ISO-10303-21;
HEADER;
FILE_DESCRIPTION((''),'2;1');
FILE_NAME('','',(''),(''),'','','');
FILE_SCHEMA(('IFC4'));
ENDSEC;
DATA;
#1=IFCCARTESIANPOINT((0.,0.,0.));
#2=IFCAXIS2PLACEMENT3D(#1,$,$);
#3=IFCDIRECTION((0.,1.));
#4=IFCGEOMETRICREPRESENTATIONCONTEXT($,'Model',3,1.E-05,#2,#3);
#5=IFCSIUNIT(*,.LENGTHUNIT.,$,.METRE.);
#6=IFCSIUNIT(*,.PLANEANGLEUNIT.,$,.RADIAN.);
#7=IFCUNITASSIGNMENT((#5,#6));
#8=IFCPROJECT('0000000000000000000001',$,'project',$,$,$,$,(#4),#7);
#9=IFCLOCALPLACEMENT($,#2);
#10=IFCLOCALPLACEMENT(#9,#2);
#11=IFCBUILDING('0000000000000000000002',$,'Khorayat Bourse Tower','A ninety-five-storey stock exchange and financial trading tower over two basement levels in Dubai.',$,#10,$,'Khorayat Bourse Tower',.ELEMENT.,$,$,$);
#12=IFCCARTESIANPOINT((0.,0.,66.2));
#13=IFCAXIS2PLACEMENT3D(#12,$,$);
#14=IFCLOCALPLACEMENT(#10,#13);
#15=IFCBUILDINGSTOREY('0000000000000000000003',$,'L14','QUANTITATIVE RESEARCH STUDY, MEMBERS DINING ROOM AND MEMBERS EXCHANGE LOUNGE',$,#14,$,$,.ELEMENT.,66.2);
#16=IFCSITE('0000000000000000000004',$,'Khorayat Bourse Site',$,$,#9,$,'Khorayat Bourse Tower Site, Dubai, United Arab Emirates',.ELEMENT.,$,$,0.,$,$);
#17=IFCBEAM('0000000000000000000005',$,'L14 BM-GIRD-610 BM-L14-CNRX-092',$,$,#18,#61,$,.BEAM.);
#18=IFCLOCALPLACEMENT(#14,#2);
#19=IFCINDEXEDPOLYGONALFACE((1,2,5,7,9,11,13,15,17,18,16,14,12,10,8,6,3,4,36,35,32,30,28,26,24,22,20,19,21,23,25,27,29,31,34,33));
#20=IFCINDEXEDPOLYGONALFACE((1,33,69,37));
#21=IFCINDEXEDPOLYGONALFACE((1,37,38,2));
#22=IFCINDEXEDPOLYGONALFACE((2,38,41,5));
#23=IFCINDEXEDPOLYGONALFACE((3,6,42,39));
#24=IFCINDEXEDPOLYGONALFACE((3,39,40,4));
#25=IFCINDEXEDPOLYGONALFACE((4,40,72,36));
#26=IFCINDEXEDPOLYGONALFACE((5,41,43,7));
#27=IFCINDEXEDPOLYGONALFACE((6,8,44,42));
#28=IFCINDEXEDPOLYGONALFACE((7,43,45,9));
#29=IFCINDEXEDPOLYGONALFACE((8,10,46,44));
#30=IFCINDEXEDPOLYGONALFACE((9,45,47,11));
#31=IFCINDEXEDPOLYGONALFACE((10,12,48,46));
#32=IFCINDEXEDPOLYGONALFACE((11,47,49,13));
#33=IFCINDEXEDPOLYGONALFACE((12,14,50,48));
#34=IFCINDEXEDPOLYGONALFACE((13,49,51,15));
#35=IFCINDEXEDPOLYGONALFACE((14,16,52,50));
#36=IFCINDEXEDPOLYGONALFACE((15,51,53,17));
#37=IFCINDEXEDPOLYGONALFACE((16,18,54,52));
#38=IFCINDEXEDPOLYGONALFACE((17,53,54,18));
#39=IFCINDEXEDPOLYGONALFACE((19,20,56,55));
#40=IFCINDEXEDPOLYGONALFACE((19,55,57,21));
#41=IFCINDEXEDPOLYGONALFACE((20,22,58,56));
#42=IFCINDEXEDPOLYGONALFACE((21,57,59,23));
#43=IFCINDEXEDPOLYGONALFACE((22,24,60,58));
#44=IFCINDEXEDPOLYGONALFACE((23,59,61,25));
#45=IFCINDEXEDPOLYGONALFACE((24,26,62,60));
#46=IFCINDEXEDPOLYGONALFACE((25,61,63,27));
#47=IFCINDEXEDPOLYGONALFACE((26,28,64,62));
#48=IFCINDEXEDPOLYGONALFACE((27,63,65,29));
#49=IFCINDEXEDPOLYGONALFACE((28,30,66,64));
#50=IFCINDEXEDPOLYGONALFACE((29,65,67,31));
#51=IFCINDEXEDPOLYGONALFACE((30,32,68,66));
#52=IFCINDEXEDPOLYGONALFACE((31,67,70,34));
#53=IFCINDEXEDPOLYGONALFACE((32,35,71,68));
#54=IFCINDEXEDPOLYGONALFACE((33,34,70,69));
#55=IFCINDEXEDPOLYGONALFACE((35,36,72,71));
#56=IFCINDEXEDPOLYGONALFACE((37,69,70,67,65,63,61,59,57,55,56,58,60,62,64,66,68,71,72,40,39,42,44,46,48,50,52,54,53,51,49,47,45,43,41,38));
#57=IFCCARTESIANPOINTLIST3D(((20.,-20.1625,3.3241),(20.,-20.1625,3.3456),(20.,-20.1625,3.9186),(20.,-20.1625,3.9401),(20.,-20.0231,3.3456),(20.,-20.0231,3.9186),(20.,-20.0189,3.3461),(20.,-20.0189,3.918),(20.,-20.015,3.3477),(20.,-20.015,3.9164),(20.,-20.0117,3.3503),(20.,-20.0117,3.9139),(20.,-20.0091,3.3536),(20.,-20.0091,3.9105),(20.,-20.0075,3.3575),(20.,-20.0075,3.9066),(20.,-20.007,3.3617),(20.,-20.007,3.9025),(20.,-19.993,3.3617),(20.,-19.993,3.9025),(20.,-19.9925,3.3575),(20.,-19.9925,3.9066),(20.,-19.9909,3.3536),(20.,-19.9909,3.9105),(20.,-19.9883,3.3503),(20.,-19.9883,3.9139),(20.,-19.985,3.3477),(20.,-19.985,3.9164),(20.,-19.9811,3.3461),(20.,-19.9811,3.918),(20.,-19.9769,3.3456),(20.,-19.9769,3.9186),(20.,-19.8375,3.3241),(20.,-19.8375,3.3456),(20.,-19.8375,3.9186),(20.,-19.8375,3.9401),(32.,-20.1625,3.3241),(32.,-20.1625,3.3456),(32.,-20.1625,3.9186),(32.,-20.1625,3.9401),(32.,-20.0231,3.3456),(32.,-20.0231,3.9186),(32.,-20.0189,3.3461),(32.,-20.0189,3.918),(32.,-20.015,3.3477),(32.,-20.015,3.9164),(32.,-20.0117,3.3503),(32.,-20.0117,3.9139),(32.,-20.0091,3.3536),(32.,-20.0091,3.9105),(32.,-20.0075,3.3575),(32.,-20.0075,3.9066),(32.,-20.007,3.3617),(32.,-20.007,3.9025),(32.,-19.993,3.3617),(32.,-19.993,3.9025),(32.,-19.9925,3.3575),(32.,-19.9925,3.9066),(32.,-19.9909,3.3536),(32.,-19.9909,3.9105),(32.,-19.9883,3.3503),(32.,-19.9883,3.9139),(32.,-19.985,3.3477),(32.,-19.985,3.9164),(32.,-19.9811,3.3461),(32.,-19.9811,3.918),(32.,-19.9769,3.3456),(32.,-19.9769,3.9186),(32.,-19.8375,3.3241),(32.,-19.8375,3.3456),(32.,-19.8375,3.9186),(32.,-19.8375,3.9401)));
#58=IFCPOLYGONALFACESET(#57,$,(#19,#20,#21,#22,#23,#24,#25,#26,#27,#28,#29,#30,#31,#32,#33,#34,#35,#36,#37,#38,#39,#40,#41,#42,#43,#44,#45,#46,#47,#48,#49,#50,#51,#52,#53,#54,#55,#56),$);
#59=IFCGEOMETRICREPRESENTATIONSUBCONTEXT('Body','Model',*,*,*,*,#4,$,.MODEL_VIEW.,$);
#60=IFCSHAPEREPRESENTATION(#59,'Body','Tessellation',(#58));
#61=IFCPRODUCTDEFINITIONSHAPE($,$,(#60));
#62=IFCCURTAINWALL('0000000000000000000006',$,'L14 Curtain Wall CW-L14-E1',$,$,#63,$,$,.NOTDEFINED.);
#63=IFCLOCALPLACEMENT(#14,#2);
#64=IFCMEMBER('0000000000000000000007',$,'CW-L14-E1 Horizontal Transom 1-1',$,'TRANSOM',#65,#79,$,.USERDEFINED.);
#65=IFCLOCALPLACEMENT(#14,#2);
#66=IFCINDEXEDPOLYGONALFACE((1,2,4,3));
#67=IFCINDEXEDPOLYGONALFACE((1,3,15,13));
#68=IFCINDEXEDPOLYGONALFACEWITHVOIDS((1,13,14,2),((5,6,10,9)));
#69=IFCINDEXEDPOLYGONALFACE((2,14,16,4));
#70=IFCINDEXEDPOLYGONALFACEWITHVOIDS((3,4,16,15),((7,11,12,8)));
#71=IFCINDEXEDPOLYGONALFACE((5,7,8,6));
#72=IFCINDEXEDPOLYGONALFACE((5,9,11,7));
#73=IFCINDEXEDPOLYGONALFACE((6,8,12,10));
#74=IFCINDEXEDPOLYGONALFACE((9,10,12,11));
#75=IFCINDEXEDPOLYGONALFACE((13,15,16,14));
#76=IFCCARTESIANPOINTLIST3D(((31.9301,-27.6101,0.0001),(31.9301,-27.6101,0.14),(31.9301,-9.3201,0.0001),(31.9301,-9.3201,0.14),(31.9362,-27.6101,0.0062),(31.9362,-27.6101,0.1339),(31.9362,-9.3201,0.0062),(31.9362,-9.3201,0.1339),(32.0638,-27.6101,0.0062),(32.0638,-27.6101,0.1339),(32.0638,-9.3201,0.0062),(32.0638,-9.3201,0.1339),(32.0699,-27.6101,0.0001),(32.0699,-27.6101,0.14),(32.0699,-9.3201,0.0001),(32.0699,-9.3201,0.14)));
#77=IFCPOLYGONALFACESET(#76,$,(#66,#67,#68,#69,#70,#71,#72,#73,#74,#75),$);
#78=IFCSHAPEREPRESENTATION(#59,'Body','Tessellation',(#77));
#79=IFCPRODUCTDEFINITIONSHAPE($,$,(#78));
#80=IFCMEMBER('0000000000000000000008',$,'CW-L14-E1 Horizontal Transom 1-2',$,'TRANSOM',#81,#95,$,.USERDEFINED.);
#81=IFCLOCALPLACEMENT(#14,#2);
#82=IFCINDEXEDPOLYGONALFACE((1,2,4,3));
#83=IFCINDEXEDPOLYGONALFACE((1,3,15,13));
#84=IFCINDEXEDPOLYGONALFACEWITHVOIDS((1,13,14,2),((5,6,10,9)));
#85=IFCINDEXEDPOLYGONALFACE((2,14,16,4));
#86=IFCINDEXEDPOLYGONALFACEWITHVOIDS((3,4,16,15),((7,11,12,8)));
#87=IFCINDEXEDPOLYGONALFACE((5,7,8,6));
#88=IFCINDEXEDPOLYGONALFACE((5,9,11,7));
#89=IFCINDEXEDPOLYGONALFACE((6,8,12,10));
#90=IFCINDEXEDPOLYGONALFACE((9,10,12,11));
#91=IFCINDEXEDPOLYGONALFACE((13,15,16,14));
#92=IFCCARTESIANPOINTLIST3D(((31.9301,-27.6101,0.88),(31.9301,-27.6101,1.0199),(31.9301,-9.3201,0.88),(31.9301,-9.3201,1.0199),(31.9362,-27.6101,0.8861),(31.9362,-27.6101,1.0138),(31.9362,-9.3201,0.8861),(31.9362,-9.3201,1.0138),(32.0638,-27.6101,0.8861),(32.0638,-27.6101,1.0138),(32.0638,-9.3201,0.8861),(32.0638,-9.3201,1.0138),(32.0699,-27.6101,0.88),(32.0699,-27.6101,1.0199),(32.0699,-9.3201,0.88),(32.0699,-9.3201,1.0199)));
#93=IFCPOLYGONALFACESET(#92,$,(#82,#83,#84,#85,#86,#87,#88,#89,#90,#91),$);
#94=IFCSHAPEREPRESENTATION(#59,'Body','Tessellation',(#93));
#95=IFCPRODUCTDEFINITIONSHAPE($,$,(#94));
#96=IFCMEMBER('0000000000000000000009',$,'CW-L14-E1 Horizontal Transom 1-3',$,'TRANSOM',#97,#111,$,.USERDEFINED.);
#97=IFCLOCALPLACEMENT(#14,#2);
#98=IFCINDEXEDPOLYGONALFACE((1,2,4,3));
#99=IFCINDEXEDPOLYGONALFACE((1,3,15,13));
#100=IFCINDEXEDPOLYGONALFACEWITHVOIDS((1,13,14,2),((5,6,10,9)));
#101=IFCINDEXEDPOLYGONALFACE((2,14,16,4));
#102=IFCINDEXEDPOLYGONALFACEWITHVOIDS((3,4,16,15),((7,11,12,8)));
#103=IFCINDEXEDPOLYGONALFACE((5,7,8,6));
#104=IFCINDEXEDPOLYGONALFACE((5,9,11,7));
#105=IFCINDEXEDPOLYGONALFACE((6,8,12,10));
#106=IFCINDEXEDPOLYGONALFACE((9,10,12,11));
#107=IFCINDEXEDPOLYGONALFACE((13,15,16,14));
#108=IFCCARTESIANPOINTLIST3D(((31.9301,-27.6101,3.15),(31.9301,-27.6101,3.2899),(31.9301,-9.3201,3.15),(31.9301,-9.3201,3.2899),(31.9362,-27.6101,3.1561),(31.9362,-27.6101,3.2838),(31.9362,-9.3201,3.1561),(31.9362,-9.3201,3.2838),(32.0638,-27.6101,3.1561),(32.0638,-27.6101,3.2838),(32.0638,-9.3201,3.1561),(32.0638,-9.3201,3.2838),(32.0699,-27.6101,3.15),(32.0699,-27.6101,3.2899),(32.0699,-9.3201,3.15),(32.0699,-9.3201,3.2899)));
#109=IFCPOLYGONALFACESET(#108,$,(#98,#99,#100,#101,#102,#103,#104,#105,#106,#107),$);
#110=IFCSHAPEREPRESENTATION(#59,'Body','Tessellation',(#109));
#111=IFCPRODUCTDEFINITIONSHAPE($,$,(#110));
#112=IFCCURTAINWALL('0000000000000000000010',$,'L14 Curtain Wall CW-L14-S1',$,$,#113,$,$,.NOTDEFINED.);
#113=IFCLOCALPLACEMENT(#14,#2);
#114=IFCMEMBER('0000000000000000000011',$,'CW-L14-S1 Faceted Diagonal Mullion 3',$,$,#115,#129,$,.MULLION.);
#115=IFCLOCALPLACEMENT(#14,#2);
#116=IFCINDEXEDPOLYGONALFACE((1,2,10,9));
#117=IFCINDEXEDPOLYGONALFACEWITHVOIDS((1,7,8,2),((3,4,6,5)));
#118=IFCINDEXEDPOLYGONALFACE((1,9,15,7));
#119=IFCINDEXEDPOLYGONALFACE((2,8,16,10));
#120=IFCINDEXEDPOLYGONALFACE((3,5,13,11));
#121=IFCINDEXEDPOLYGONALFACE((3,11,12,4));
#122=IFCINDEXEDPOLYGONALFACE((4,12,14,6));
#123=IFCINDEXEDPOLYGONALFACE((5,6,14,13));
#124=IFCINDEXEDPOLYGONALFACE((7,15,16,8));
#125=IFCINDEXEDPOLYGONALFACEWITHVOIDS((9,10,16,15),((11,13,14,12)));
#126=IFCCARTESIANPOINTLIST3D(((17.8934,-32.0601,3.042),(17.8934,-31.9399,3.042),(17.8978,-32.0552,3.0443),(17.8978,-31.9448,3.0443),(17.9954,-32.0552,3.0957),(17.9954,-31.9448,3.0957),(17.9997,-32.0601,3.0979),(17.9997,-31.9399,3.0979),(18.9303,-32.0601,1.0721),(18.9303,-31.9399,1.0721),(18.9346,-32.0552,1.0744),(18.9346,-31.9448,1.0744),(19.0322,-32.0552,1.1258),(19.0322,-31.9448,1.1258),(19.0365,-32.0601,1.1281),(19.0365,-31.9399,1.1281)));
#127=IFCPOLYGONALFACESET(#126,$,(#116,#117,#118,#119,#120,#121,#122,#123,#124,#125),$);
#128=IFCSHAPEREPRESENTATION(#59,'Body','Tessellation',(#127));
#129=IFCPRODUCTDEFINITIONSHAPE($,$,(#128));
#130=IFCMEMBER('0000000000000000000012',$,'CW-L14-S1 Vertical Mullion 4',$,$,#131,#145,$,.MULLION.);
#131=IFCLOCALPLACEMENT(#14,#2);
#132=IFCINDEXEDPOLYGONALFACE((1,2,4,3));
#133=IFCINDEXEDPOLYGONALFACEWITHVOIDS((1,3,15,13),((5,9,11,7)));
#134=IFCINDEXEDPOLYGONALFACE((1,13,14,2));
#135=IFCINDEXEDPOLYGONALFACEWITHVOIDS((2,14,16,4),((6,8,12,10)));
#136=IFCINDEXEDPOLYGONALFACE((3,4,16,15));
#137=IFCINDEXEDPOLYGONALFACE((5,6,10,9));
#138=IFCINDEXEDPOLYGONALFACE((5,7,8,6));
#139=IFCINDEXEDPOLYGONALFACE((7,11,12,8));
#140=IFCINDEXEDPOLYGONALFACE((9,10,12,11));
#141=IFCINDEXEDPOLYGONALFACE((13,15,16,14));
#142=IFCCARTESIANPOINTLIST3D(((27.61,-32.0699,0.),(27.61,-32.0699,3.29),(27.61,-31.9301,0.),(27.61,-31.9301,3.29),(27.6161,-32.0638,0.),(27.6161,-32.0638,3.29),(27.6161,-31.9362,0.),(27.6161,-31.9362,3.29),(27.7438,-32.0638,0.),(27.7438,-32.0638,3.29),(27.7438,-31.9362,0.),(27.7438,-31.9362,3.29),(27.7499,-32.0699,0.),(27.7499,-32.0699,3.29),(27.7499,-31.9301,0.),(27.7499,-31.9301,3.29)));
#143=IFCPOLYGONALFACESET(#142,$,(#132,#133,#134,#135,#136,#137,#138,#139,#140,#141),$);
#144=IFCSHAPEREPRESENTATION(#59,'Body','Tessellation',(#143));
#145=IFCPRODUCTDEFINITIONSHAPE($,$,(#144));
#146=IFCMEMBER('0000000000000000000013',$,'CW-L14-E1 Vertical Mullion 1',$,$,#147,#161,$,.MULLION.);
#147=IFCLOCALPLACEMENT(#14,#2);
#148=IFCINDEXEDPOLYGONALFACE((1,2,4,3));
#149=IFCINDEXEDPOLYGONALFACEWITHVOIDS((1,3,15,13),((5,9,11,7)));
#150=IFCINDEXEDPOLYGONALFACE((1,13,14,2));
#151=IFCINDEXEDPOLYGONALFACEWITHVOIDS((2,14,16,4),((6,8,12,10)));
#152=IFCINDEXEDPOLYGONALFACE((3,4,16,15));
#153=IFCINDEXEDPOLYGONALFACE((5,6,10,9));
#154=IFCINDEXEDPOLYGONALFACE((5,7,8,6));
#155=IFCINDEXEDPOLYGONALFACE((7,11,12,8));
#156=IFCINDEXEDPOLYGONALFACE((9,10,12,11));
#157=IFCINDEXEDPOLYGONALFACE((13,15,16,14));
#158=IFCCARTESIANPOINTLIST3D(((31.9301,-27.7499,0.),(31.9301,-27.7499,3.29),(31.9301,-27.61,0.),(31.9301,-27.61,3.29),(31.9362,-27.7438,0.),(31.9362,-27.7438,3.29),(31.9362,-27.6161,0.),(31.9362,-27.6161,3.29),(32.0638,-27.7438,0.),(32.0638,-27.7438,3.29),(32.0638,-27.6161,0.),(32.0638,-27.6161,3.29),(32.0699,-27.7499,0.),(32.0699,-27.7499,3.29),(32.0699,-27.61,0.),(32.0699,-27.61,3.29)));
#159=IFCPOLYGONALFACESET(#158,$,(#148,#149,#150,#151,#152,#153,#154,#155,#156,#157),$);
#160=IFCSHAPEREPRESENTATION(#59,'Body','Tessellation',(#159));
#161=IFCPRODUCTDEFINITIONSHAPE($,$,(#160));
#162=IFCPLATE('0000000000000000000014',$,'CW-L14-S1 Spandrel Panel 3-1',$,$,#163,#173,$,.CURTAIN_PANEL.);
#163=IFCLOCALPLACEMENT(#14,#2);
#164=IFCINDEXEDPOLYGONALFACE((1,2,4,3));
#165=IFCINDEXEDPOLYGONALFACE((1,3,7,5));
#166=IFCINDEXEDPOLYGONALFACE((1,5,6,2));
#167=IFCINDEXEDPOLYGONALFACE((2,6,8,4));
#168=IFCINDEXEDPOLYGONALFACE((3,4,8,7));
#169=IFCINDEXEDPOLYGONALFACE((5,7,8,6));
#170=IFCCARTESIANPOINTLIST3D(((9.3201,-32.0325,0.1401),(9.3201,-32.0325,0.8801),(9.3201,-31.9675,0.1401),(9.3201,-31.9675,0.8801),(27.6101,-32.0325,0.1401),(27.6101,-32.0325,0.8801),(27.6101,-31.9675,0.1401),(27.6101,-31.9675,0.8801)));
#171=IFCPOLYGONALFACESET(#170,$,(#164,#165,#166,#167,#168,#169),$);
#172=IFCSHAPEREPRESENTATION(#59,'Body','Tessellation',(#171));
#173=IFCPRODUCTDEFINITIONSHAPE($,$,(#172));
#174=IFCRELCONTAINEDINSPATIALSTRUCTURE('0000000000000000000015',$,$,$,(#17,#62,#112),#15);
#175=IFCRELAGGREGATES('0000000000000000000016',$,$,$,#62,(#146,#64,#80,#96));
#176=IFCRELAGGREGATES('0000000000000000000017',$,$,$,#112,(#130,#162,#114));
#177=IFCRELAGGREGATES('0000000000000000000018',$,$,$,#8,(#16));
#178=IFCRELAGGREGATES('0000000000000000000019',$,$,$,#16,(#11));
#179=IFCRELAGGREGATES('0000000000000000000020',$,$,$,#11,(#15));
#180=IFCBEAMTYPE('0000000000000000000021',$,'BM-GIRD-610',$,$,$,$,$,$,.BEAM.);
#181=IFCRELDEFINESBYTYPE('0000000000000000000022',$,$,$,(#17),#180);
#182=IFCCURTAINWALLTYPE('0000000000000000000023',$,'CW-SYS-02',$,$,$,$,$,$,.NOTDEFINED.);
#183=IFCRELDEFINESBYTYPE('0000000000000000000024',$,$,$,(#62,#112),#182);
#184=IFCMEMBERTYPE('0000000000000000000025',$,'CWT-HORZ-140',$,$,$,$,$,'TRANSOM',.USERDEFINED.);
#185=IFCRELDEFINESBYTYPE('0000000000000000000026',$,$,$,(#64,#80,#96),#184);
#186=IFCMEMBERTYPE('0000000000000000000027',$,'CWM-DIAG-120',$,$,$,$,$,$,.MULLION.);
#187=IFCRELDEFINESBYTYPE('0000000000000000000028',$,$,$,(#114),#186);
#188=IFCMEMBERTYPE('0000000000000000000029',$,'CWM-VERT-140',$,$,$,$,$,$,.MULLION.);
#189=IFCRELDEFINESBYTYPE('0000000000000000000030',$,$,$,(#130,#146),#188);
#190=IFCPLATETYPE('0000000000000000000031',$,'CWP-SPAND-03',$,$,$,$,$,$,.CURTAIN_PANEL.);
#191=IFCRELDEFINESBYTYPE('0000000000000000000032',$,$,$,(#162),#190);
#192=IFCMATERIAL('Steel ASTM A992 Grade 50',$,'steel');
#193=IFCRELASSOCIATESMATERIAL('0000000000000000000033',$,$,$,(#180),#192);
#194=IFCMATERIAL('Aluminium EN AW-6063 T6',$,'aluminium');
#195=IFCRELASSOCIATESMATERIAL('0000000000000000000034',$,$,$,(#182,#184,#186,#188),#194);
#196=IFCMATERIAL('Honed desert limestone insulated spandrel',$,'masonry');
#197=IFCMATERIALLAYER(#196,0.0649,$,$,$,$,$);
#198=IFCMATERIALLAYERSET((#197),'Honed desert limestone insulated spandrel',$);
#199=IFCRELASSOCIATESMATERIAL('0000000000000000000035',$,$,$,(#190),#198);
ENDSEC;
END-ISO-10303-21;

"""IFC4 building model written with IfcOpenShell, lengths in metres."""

from ifc_helpers import new_model, si_unit, direction, frame, origin, origin_2d, place, context, subcontext, project, spatial, rectangle, hollow_rectangle, i_section, extrude, source, transform, mapped, material, layer, layer_set, material_profile, profile_set, type_object, element, aggregate, save


model = new_model("IFC4")

# Units and contexts
model_context = context("Model", 3, precision=1e-05, world=origin(), true_north=direction((0.0, 1.0)))
body_context = subcontext(model_context, "Body", "Model", "MODEL_VIEW")
ifc_project = project(units=[si_unit("LENGTHUNIT", "METRE"), si_unit("PLANEANGLEUNIT", "RADIAN")], contexts=[model_context])

# Site, building, storey
site_placement = place(None, origin())
site = spatial("IfcSite", under=ifc_project, at=site_placement, Name="Khorayat Bourse Site", LongName="Khorayat Bourse Tower Site, Dubai, United Arab Emirates", CompositionType="ELEMENT", RefElevation=0.0)
building_placement = place(site_placement, origin())
building = spatial("IfcBuilding", under=site, at=building_placement, Name="Khorayat Bourse Tower", Description="A ninety-five-storey stock exchange and financial trading tower over two basement levels in Dubai.", LongName="Khorayat Bourse Tower", CompositionType="ELEMENT")
storey_placement = place(building_placement, frame((0.0, 0.0, 66.2)))
storey = spatial("IfcBuildingStorey", under=building, at=storey_placement, Name="L14", Description="QUANTITATIVE RESEARCH STUDY, MEMBERS DINING ROOM AND MEMBERS EXCHANGE LOUNGE", CompositionType="ELEMENT", Elevation=66.2)

# Beam
ifc_material_1 = material(Name="Steel ASTM A992 Grade 50", Category="steel")
ifc_material_profile_1 = material_profile(ifc_material_1, i_section(OverallWidth=0.325, OverallDepth=0.616, WebThickness=0.0139, FlangeThickness=0.0215, FilletRadius=0.0161, at=origin_2d()), Name="W610X174")
ifc_profile_set_1 = profile_set([ifc_material_profile_1], Name="Steel ASTM A992 Grade 50")
beam_type_1 = type_object("IfcBeamType", Name="BM-GIRD-610", PredefinedType="BEAM", material=ifc_profile_set_1)
shared_shape_1 = source(origin(), body_context, "Body", "SweptSolid", [
    extrude(i_section(OverallWidth=0.325, OverallDepth=0.616, WebThickness=0.0139, FlangeThickness=0.0215, FilletRadius=0.0161, at=origin_2d()), origin(), (0.0, 0.0, 1.0), 12.0),
])
beam_1_placement = place(storey_placement, frame((20.0, -20.0, 3.6321), z_axis=(1.0, 0.0, 0.0), x_axis=(0.0, 1.0, 0.0)))
element("IfcBeam", 1, at=beam_1_placement, inside=storey, type_object=beam_type_1, Name="L14 BM-GIRD-610 BM-L14-CNRX-092", PredefinedType="BEAM", context=body_context, shape_type="MappedRepresentation", body=[
    mapped(shared_shape_1, transform((0.0, 0.0, 0.0), scale=1.0)),
])

# Curtain walls, members
ifc_material_2 = material(Name="Aluminium EN AW-6063 T6", Category="aluminium")
curtain_wall_type = type_object("IfcCurtainWallType", Name="CW-SYS-02", PredefinedType="NOTDEFINED", material=ifc_material_2)
curtain_wall_1_placement = place(storey_placement, origin())
curtain_wall_1 = element("IfcCurtainWall", 2, at=curtain_wall_1_placement, inside=storey, type_object=curtain_wall_type, Name="L14 Curtain Wall CW-L14-E1", PredefinedType="NOTDEFINED")
ifc_material_profile_2 = material_profile(ifc_material_2, hollow_rectangle(XDim=0.1399, YDim=0.1399, WallThickness=0.0061, at=origin_2d()), Name="ALU 140x140x6")
ifc_profile_set_2 = profile_set([ifc_material_profile_2], Name="Aluminium EN AW-6063 T6")
member_type_1 = type_object("IfcMemberType", Name="CWT-HORZ-140", ElementType="TRANSOM", PredefinedType="USERDEFINED", material=ifc_profile_set_2)
shared_shape_2 = source(origin(), body_context, "Body", "SweptSolid", [
    extrude(hollow_rectangle(XDim=0.1399, YDim=0.1399, WallThickness=0.0061, at=origin_2d()), origin(), (0.0, 0.0, 1.0), 18.29),
])
member_1_placement = place(storey_placement, frame((32.0, -27.6101, 0.0701), z_axis=(0.0, 1.0, 0.0), x_axis=(-1.0, 0.0, 0.0)))
member_1 = element("IfcMember", 3, at=member_1_placement, type_object=member_type_1, Name="CW-L14-E1 Horizontal Transom 1-1", ObjectType="TRANSOM", PredefinedType="USERDEFINED", context=body_context, shape_type="MappedRepresentation", body=[
    mapped(shared_shape_2, transform((0.0, 0.0, 0.0), scale=1.0)),
])
member_2_placement = place(storey_placement, frame((32.0, -27.6101, 0.95), z_axis=(0.0, 1.0, 0.0), x_axis=(-1.0, 0.0, 0.0)))
member_2 = element("IfcMember", 4, at=member_2_placement, type_object=member_type_1, Name="CW-L14-E1 Horizontal Transom 1-2", ObjectType="TRANSOM", PredefinedType="USERDEFINED", context=body_context, shape_type="MappedRepresentation", body=[
    mapped(shared_shape_2, transform((0.0, 0.0, 0.0), scale=1.0)),
])
member_3_placement = place(storey_placement, frame((32.0, -27.6101, 3.22), z_axis=(0.0, 1.0, 0.0), x_axis=(-1.0, 0.0, 0.0)))
member_3 = element("IfcMember", 5, at=member_3_placement, type_object=member_type_1, Name="CW-L14-E1 Horizontal Transom 1-3", ObjectType="TRANSOM", PredefinedType="USERDEFINED", context=body_context, shape_type="MappedRepresentation", body=[
    mapped(shared_shape_2, transform((0.0, 0.0, 0.0), scale=1.0)),
])
curtain_wall_2_placement = place(storey_placement, origin())
curtain_wall_2 = element("IfcCurtainWall", 6, at=curtain_wall_2_placement, inside=storey, type_object=curtain_wall_type, Name="L14 Curtain Wall CW-L14-S1", PredefinedType="NOTDEFINED")
ifc_material_profile_3 = material_profile(ifc_material_2, hollow_rectangle(XDim=0.1201, YDim=0.1201, WallThickness=0.0049, at=origin_2d()), Name="ALU 120x120x5")
ifc_profile_set_3 = profile_set([ifc_material_profile_3], Name="Aluminium EN AW-6063 T6")
member_type_2 = type_object("IfcMemberType", Name="CWM-DIAG-120", PredefinedType="MULLION", material=ifc_profile_set_3)
shared_shape_3 = source(origin(), body_context, "Body", "SweptSolid", [
    extrude(hollow_rectangle(XDim=0.1201, YDim=0.1201, WallThickness=0.0049, at=origin_2d()), origin(), (0.0, 0.0, 1.0), 2.2261),
])
member_4_placement = place(storey_placement, frame((18.9834, -32.0, 1.1001), z_axis=(-0.46576, 0.0, 0.884911), x_axis=(0.0, -1.0, 0.0)))
member_4 = element("IfcMember", 7, at=member_4_placement, type_object=member_type_2, Name="CW-L14-S1 Faceted Diagonal Mullion 3", PredefinedType="MULLION", context=body_context, shape_type="MappedRepresentation", body=[
    mapped(shared_shape_3, transform((0.0, 0.0, 0.0), scale=1.0)),
])
ifc_material_profile_4 = material_profile(ifc_material_2, hollow_rectangle(XDim=0.1399, YDim=0.1399, WallThickness=0.0061, at=origin_2d()), Name="ALU 140x140x6")
ifc_profile_set_4 = profile_set([ifc_material_profile_4], Name="Aluminium EN AW-6063 T6")
member_type_3 = type_object("IfcMemberType", Name="CWM-VERT-140", PredefinedType="MULLION", material=ifc_profile_set_4)
shared_shape_4 = source(origin(), body_context, "Body", "SweptSolid", [
    extrude(hollow_rectangle(XDim=0.1399, YDim=0.1399, WallThickness=0.0061, at=origin_2d()), origin(), (0.0, 0.0, 1.0), 3.29),
])
member_5_placement = place(storey_placement, frame((27.6799, -32.0, 0.0), z_axis=(0.0, 0.0, 1.0), x_axis=(0.0, 1.0, 0.0)))
member_5 = element("IfcMember", 8, at=member_5_placement, type_object=member_type_3, Name="CW-L14-S1 Vertical Mullion 4", PredefinedType="MULLION", context=body_context, shape_type="MappedRepresentation", body=[
    mapped(shared_shape_4, transform((0.0, 0.0, 0.0), scale=1.0)),
])

# Member
member_6_placement = place(storey_placement, frame((32.0, -27.6799, 0.0), z_axis=(0.0, 0.0, 1.0), x_axis=(-1.0, 0.0, 0.0)))
member_6 = element("IfcMember", 9, at=member_6_placement, type_object=member_type_3, Name="CW-L14-E1 Vertical Mullion 1", PredefinedType="MULLION", context=body_context, shape_type="MappedRepresentation", body=[
    mapped(shared_shape_4, transform((0.0, 0.0, 0.0), scale=1.0)),
])
aggregate(curtain_wall_1, [member_6, member_1, member_2, member_3])

# Plate
ifc_material_3 = material(Name="Honed desert limestone insulated spandrel", Category="masonry")
ifc_layer_1 = layer(ifc_material_3, 0.0649)
ifc_layer_set_1 = layer_set([ifc_layer_1], Name="Honed desert limestone insulated spandrel")
plate_type_1 = type_object("IfcPlateType", Name="CWP-SPAND-03", PredefinedType="CURTAIN_PANEL", material=ifc_layer_set_1)
shared_shape_5 = source(origin(), body_context, "Body", "SweptSolid", [
    extrude(rectangle(XDim=18.29, YDim=0.0649, at=origin_2d()), origin(), (0.0, 0.0, 1.0), 0.74),
])
plate_1_placement = place(storey_placement, frame((18.4651, -32.0, 0.1401), z_axis=(0.0, 0.0, 1.0), x_axis=(1.0, 0.0, 0.0)))
plate_1 = element("IfcPlate", 10, at=plate_1_placement, type_object=plate_type_1, Name="CW-L14-S1 Spandrel Panel 3-1", PredefinedType="CURTAIN_PANEL", context=body_context, shape_type="MappedRepresentation", body=[
    mapped(shared_shape_5, transform((0.0, 0.0, 0.0), scale=1.0)),
])
aggregate(curtain_wall_2, [member_5, plate_1, member_4])

save(model, "model.ifc")
